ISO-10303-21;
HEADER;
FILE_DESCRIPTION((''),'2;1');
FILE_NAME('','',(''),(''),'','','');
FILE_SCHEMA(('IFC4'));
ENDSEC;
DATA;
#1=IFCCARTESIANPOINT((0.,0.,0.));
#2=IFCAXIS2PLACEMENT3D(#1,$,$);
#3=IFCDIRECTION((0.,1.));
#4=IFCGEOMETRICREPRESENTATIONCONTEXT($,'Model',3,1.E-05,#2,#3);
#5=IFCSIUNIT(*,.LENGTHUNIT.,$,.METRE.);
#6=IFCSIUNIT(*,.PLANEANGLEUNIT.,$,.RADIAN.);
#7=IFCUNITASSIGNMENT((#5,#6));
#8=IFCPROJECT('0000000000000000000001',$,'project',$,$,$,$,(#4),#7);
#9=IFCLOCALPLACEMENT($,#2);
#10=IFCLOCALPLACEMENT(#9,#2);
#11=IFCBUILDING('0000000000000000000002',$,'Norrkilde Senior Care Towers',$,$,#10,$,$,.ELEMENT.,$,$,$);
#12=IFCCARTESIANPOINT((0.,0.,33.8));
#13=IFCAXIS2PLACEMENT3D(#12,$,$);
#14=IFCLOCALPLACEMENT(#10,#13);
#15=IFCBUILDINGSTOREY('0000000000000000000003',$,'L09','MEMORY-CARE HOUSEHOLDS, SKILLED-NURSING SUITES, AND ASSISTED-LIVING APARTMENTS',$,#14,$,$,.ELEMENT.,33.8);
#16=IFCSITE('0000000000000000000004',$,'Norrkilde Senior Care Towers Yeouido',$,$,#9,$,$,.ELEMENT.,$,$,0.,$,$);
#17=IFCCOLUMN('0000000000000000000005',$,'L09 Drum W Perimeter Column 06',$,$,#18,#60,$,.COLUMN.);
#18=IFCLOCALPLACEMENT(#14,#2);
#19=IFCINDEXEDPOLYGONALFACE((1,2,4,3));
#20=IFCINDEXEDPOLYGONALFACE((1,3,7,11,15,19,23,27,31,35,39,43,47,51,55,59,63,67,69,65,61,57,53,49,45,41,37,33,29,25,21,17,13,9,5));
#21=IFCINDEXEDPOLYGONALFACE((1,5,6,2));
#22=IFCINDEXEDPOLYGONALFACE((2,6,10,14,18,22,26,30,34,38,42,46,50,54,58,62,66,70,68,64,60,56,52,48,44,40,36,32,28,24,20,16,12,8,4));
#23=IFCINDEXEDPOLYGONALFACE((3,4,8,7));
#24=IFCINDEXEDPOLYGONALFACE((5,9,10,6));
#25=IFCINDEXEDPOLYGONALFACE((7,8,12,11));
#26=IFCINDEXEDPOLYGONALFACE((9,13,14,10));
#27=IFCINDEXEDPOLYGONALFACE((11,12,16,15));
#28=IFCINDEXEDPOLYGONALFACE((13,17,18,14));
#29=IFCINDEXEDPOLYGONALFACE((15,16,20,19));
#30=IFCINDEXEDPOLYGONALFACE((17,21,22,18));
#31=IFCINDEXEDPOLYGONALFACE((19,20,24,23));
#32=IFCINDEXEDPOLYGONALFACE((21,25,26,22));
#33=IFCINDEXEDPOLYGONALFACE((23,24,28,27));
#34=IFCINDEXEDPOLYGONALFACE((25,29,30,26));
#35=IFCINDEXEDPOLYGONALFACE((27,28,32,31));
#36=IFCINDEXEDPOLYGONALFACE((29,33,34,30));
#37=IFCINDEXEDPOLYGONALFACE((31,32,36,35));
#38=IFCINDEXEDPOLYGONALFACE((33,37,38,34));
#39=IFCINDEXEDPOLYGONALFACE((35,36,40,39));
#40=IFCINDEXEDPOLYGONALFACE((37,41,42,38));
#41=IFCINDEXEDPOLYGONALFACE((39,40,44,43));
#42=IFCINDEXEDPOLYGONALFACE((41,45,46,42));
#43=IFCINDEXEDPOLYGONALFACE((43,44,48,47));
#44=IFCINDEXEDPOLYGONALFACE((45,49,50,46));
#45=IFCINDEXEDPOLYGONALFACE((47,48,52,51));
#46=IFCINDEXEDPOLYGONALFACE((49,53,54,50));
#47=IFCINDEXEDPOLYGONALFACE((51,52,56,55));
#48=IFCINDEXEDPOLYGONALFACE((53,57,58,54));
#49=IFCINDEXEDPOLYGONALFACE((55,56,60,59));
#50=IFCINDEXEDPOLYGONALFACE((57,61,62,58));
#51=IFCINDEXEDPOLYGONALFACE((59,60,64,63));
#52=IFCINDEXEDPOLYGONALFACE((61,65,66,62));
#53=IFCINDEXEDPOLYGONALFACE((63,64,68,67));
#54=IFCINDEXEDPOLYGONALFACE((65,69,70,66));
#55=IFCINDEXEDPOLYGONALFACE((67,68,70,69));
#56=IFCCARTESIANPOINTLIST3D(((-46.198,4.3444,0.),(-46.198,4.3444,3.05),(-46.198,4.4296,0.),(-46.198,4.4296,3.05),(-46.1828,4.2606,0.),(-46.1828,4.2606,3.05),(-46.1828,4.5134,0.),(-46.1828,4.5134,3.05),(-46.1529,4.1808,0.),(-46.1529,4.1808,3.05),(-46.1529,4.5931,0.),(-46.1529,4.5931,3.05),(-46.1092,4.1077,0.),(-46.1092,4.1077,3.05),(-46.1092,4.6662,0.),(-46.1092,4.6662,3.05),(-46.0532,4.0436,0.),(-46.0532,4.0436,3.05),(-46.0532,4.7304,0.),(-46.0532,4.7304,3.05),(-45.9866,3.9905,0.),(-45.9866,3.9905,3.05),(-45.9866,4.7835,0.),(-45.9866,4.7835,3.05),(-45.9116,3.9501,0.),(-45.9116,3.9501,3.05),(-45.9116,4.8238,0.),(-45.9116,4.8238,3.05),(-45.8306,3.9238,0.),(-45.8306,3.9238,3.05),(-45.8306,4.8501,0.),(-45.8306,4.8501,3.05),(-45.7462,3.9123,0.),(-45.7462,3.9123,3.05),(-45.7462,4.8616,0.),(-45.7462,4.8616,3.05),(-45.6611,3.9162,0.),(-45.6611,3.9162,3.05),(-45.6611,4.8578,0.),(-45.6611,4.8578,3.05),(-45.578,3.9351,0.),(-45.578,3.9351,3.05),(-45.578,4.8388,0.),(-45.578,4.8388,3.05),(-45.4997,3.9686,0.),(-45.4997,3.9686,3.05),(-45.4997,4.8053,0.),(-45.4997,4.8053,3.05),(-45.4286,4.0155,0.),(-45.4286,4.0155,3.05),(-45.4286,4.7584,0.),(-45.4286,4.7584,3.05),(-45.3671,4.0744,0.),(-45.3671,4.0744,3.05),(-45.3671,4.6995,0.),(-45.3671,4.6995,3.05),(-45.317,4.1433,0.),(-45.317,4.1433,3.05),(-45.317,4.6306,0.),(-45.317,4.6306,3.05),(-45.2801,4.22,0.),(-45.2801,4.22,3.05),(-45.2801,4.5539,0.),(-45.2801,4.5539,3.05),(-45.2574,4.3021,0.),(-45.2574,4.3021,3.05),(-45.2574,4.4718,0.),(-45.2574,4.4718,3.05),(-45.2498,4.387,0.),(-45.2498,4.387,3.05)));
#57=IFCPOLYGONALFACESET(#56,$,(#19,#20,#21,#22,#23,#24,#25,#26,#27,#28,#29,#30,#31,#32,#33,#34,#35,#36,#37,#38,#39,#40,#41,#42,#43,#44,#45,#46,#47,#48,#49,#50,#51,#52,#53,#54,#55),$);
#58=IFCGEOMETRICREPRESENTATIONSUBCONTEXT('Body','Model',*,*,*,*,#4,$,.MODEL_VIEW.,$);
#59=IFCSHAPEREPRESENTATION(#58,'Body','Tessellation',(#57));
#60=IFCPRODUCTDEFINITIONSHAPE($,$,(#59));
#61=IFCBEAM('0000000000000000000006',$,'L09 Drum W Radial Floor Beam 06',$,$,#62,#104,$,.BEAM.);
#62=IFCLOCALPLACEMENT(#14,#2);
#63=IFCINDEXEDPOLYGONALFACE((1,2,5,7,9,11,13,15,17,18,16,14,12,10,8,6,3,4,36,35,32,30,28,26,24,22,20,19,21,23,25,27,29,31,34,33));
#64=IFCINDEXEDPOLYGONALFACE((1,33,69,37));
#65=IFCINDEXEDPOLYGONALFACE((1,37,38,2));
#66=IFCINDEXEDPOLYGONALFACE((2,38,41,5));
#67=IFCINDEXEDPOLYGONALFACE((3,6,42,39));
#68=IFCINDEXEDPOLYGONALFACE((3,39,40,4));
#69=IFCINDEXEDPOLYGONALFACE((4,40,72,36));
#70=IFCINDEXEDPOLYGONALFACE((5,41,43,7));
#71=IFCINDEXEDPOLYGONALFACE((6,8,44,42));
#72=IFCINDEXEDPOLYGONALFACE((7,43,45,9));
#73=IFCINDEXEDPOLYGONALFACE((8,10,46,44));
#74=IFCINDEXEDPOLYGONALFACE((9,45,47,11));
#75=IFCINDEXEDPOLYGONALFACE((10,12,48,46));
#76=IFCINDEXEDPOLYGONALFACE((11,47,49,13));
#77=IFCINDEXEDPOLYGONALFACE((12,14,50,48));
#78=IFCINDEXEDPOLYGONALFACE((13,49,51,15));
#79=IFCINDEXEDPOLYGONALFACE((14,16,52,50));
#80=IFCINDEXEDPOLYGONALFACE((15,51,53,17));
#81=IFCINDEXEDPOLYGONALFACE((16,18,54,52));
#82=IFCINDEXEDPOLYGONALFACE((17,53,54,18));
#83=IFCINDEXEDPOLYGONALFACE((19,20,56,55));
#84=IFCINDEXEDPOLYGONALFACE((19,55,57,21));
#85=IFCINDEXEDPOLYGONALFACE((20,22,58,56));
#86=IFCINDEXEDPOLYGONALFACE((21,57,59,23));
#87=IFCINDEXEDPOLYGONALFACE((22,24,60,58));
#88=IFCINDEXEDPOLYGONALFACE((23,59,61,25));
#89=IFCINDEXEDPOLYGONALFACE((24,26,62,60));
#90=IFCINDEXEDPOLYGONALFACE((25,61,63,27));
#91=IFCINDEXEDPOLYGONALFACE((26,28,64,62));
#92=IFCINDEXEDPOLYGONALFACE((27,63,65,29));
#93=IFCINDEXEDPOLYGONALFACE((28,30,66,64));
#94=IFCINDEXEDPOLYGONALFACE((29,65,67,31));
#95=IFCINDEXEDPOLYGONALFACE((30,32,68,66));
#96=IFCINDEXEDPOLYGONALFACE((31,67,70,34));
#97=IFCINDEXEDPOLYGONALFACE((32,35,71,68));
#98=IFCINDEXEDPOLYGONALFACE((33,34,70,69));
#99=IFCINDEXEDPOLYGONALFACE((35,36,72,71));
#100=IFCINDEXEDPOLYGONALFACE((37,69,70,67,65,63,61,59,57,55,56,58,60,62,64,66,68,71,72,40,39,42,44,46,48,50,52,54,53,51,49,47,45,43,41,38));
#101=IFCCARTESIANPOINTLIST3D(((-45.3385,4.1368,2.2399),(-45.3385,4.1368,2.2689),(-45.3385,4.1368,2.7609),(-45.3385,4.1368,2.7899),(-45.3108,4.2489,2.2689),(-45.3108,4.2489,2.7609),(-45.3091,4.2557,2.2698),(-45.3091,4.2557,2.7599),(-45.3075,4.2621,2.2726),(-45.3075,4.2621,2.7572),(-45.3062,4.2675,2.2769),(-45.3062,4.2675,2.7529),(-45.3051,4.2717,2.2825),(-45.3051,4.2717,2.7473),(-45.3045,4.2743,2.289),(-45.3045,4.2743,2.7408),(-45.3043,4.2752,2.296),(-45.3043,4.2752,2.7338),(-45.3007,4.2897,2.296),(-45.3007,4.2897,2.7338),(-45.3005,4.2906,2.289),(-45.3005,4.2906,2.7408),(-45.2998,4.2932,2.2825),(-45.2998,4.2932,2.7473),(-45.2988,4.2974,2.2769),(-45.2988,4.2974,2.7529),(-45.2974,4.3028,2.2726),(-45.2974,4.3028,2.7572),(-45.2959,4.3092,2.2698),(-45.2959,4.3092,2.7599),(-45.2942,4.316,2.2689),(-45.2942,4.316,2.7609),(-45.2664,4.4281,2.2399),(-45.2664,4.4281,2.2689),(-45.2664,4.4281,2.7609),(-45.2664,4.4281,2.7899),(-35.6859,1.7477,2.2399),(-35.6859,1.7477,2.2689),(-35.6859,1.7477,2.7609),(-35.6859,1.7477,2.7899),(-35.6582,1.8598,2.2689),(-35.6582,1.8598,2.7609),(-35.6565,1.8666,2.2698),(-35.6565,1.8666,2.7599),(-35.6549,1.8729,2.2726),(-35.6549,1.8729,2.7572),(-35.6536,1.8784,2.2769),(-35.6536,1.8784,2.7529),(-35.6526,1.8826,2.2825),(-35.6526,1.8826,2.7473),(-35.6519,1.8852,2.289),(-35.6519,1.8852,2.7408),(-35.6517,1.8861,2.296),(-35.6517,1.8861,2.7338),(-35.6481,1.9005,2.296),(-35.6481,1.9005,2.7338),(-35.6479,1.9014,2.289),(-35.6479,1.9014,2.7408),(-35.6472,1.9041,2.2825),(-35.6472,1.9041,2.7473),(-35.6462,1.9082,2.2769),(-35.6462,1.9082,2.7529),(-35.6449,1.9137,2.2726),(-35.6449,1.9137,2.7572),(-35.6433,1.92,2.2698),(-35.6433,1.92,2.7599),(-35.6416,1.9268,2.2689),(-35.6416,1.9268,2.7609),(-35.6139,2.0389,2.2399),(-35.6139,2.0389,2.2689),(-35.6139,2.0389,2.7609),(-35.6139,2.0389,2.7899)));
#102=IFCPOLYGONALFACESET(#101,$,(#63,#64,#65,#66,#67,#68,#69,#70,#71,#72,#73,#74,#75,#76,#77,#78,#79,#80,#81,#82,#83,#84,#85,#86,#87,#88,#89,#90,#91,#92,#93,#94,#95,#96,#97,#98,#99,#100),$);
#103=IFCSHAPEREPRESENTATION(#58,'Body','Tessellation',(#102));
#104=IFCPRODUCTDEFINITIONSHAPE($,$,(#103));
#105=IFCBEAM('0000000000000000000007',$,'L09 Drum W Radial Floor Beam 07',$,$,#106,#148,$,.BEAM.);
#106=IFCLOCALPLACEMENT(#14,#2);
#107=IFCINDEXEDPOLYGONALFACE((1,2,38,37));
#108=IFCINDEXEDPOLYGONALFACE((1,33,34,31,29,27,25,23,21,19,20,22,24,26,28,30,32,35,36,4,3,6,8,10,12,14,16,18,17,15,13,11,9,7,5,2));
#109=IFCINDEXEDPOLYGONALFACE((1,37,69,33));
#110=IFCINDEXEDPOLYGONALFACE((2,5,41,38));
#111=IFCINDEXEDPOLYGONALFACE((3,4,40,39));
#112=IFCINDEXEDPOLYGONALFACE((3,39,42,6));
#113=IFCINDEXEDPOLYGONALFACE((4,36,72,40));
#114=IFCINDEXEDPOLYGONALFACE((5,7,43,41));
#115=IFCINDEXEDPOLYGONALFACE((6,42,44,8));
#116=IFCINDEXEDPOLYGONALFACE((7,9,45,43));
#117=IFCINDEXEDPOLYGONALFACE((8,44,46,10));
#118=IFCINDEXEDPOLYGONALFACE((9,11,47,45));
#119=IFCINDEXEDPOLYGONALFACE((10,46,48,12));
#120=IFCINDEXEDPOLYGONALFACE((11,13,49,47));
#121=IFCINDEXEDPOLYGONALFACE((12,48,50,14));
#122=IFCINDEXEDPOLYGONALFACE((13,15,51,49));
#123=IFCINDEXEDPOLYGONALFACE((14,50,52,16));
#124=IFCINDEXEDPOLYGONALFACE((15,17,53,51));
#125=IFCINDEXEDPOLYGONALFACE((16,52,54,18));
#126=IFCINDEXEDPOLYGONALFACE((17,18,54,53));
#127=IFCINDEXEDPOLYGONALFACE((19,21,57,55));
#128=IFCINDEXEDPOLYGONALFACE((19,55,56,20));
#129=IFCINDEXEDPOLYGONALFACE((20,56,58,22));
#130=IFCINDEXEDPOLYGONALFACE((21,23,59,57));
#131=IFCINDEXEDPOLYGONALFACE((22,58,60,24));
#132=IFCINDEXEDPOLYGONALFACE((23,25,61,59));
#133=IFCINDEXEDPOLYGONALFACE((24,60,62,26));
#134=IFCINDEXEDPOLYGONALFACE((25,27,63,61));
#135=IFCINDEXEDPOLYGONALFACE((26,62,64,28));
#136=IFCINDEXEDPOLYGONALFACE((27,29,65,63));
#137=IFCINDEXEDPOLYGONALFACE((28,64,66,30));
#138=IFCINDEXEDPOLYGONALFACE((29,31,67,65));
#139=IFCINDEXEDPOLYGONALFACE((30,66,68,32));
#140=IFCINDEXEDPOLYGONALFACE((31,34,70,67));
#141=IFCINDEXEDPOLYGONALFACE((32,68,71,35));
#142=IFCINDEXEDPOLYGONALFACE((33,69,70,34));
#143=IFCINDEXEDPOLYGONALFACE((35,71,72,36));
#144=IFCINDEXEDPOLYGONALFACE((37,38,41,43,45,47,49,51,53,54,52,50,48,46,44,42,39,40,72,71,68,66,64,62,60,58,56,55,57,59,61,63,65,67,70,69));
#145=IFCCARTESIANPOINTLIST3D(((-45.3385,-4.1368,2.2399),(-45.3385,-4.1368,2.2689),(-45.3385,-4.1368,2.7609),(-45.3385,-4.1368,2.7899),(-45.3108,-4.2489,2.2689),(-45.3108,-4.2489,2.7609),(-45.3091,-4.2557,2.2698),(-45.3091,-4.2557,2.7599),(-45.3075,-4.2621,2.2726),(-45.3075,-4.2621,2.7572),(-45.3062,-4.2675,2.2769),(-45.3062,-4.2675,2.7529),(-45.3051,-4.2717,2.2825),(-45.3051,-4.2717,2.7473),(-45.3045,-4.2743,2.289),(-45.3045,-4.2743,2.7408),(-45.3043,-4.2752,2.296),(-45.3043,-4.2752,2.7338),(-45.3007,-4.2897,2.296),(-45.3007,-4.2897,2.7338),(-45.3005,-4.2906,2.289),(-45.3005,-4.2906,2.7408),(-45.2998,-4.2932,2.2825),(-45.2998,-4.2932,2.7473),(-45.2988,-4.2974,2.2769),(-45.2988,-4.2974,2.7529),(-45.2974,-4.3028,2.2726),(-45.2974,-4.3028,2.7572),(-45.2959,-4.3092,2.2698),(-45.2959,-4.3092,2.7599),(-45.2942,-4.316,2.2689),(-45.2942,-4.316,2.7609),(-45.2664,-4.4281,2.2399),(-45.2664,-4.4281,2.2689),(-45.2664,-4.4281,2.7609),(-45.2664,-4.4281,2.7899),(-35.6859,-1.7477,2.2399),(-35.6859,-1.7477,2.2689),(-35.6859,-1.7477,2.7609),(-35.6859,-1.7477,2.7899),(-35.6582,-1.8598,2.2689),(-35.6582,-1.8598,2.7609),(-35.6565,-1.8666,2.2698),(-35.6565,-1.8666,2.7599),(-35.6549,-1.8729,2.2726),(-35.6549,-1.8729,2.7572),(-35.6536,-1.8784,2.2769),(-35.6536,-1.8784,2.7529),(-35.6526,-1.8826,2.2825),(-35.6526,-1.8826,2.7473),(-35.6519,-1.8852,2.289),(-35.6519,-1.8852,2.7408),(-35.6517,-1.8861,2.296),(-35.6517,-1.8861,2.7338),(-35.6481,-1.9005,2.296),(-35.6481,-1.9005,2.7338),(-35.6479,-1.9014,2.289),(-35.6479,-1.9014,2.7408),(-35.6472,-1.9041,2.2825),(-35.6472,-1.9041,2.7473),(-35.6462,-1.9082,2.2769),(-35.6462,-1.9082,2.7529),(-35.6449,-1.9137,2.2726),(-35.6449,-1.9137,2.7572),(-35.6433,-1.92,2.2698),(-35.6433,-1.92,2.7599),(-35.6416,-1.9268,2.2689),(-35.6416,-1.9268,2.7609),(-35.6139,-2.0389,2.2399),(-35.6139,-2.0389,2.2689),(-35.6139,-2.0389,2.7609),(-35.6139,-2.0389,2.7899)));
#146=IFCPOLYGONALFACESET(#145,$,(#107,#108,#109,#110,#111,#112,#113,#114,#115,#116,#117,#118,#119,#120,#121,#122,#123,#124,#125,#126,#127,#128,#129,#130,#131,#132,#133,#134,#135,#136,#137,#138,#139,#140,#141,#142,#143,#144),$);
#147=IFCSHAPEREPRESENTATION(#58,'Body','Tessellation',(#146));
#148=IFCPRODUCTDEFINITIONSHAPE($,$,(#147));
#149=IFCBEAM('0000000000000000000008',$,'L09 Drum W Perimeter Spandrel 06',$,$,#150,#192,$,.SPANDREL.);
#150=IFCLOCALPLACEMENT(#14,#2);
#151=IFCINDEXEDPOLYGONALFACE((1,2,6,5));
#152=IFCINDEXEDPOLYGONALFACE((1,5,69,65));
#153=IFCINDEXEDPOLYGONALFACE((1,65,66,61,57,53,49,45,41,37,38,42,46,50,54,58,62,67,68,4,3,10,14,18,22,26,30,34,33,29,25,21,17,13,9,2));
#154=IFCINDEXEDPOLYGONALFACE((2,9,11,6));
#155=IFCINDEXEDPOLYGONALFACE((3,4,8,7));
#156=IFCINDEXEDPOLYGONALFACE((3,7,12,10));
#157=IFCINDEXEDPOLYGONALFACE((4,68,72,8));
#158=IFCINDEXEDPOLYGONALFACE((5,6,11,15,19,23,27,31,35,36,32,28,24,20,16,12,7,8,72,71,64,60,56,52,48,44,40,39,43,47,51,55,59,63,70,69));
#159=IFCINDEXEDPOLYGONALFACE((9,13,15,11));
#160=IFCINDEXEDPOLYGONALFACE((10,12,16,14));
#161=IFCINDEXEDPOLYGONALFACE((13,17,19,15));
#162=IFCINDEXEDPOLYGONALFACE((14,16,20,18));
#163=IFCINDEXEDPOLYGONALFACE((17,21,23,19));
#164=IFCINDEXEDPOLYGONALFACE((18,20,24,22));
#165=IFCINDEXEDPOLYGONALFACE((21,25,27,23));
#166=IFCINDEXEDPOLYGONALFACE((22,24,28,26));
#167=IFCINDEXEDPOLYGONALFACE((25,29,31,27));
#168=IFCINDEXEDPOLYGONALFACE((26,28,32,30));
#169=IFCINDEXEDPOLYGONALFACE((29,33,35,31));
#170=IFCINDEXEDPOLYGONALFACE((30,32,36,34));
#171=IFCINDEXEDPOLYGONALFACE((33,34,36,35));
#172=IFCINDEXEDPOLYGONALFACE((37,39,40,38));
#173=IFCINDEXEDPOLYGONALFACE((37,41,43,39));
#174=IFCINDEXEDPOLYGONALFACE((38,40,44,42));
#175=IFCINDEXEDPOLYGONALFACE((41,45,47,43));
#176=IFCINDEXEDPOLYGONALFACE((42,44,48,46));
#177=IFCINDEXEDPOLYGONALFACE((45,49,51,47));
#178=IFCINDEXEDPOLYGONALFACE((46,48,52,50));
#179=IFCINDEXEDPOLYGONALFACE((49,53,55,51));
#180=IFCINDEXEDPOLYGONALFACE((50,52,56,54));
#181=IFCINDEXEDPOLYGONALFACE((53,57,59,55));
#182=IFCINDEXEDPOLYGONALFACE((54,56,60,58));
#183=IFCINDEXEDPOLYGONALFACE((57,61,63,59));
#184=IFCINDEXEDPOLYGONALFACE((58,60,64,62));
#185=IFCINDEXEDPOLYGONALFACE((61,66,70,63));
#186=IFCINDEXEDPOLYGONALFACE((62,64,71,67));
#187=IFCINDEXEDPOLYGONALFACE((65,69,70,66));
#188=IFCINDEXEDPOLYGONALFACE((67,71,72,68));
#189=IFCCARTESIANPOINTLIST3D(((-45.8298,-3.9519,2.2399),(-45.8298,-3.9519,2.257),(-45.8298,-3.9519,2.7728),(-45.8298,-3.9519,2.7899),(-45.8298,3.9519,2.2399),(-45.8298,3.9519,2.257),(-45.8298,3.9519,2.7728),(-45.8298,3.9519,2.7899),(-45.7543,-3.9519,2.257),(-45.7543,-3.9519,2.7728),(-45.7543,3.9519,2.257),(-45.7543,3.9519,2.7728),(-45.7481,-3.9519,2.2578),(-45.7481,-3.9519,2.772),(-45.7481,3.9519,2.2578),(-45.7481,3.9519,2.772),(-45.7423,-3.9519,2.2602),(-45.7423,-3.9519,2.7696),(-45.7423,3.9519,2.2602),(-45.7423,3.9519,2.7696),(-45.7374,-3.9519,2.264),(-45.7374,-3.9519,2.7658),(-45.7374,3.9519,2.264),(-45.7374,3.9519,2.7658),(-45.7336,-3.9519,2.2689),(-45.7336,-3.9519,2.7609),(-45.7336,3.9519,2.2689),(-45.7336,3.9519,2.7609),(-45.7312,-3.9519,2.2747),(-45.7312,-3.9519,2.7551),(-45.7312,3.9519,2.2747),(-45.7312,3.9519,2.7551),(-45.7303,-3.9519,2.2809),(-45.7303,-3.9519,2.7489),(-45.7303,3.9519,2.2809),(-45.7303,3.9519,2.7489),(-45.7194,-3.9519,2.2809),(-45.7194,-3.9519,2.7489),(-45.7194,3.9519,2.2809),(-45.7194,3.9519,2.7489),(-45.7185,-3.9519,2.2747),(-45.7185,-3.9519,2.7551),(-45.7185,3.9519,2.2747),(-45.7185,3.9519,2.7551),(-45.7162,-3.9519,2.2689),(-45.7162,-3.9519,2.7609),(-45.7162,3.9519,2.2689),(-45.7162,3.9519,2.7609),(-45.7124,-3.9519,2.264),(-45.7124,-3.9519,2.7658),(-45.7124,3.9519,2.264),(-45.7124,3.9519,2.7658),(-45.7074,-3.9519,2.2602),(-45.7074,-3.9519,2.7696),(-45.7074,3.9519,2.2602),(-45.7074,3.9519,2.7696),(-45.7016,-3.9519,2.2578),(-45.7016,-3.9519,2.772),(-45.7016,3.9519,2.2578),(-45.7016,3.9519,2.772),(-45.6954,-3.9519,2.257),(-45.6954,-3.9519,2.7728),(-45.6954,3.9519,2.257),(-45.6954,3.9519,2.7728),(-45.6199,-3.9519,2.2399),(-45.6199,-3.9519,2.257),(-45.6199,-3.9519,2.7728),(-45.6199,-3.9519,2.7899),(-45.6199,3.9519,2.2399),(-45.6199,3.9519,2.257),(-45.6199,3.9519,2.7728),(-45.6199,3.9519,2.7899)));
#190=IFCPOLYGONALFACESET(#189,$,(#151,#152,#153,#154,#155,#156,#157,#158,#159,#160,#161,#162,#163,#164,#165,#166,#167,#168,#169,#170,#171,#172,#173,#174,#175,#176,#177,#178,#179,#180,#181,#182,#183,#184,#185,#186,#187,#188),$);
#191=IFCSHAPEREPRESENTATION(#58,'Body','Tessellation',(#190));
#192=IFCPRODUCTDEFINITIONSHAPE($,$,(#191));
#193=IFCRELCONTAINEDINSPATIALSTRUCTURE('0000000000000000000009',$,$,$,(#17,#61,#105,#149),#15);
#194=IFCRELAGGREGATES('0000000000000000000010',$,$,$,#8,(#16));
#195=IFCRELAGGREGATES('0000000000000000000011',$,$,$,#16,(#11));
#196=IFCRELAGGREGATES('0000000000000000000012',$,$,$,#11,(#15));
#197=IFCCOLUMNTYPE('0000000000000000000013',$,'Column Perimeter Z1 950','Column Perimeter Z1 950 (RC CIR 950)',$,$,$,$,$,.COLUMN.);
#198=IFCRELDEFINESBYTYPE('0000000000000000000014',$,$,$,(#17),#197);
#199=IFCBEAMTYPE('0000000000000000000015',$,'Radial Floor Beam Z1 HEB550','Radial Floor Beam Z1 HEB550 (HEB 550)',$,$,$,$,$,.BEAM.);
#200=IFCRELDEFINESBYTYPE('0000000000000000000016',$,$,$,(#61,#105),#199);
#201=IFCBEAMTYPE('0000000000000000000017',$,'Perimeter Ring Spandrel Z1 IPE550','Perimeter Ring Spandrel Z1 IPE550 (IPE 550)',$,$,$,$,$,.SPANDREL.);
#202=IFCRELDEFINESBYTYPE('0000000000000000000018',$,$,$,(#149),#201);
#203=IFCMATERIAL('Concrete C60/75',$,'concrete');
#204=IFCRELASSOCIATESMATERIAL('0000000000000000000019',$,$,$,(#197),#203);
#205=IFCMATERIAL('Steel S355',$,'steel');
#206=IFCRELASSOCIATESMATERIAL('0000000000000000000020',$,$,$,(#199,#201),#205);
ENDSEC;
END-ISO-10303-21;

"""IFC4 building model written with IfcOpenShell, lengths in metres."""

from ifc_helpers import new_model, si_unit, direction, frame, origin, origin_2d, place, context, subcontext, project, spatial, circle, i_section, extrude, source, transform, mapped, material, material_profile, profile_set, type_object, type_shapes, element, save


model = new_model("IFC4")

# Units and contexts
model_context = context("Model", 3, precision=1e-05, world=origin(), true_north=direction((0.0, 1.0)))
body_context = subcontext(model_context, "Body", "Model", "MODEL_VIEW")
ifc_project = project(units=[si_unit("LENGTHUNIT", "METRE"), si_unit("PLANEANGLEUNIT", "RADIAN")], contexts=[model_context])

# Site, building, storey
site_placement = place(None, origin())
site = spatial("IfcSite", under=ifc_project, at=site_placement, Name="Norrkilde Senior Care Towers Yeouido", CompositionType="ELEMENT", RefElevation=0.0)
building_placement = place(site_placement, origin())
building = spatial("IfcBuilding", under=site, at=building_placement, Name="Norrkilde Senior Care Towers", CompositionType="ELEMENT")
storey_placement = place(building_placement, frame((0.0, 0.0, 33.8)))
storey = spatial("IfcBuildingStorey", under=building, at=storey_placement, Name="L09", Description="MEMORY-CARE HOUSEHOLDS, SKILLED-NURSING SUITES, AND ASSISTED-LIVING APARTMENTS", CompositionType="ELEMENT", Elevation=33.8)

# Column
ifc_material_1 = material(Name="Concrete C60/75", Category="concrete")
ifc_material_profile_1 = material_profile(ifc_material_1, circle(Radius=0.4751, at=origin_2d()), Name="RC CIR 950")
ifc_profile_set_1 = profile_set([ifc_material_profile_1], Name="Concrete C60/75")
column_type = type_object("IfcColumnType", Name="Column Perimeter Z1 950", Description="Column Perimeter Z1 950 (RC CIR 950)", PredefinedType="COLUMN", material=ifc_profile_set_1)
shared_shape_1 = source(origin(), body_context, "Body", "SweptSolid", [
    extrude(circle(Radius=0.4751, at=origin_2d()), origin(), (0.0, 0.0, 1.0), 3.05),
])
type_shapes(column_type, [shared_shape_1])
column_placement = place(storey_placement, frame((-45.7249, 4.387, 0.0), z_axis=(0.0, 0.0, 1.0), x_axis=(1.0, 0.0, 0.0)))
element("IfcColumn", 1, at=column_placement, inside=storey, type_object=column_type, Name="L09 Drum W Perimeter Column 06", PredefinedType="COLUMN", context=body_context, shape_type="MappedRepresentation", body=[
    mapped(shared_shape_1, transform((0.0, 0.0, 0.0), x_axis=(1.0, 0.0, 0.0), y_axis=(0.0, 1.0, 0.0), z_axis=(0.0, 0.0, 1.0), scale=1.0)),
])

# Beams
ifc_material_2 = material(Name="Steel S355", Category="steel")
ifc_material_profile_2 = material_profile(ifc_material_2, i_section(OverallWidth=0.3, OverallDepth=0.55, WebThickness=0.0149, FlangeThickness=0.0291, FilletRadius=0.0271, at=origin_2d()), Name="HEB 550")
ifc_profile_set_2 = profile_set([ifc_material_profile_2], Name="Steel S355")
beam_type_1 = type_object("IfcBeamType", Name="Radial Floor Beam Z1 HEB550", Description="Radial Floor Beam Z1 HEB550 (HEB 550)", PredefinedType="BEAM", material=ifc_profile_set_2)
shared_shape_2 = source(origin(), body_context, "Body", "SweptSolid", [
    extrude(i_section(OverallWidth=0.3, OverallDepth=0.55, WebThickness=0.0149, FlangeThickness=0.0291, FilletRadius=0.0271, at=origin_2d()), origin(), (0.0, 0.0, 1.0), 9.9438),
])
type_shapes(beam_type_1, [shared_shape_2])
for number, where, z_axis, x_axis, name in (
    (2, (-35.6499, 1.8933, 2.5149), (-0.970707, 0.240265, 0.0), (-0.240265, -0.970707, 0.0), "L09 Drum W Radial Floor Beam 06"),
    (3, (-35.6499, -1.8933, 2.5149), (-0.970707, -0.240265, 0.0), (0.240265, -0.970707, 0.0), "L09 Drum W Radial Floor Beam 07"),
):
    element("IfcBeam", number, at=place(storey_placement, frame(where, z_axis=z_axis, x_axis=x_axis)), inside=storey, type_object=beam_type_1, Name=name, PredefinedType="BEAM", context=body_context, shape_type="MappedRepresentation", body=[
        mapped(shared_shape_2, transform((0.0, 0.0, 0.0), x_axis=(1.0, 0.0, 0.0), y_axis=(0.0, 1.0, 0.0), z_axis=(0.0, 0.0, 1.0), scale=1.0)),
    ])
ifc_material_profile_3 = material_profile(ifc_material_2, i_section(OverallWidth=0.21, OverallDepth=0.55, WebThickness=0.011, FlangeThickness=0.0171, FilletRadius=0.0239, at=origin_2d()), Name="IPE 550")
ifc_profile_set_3 = profile_set([ifc_material_profile_3], Name="Steel S355")
beam_type_2 = type_object("IfcBeamType", Name="Perimeter Ring Spandrel Z1 IPE550", Description="Perimeter Ring Spandrel Z1 IPE550 (IPE 550)", PredefinedType="SPANDREL", material=ifc_profile_set_3)
shared_shape_3 = source(origin(), body_context, "Body", "SweptSolid", [
    extrude(i_section(OverallWidth=0.21, OverallDepth=0.55, WebThickness=0.011, FlangeThickness=0.0171, FilletRadius=0.0239, at=origin_2d()), origin(), (0.0, 0.0, 1.0), 7.9038),
])
type_shapes(beam_type_2, [shared_shape_3])
beam_placement = place(storey_placement, frame((-45.7249, 3.9519, 2.5149), z_axis=(0.0, -1.0, 0.0), x_axis=(1.0, 0.0, 0.0)))
element("IfcBeam", 4, at=beam_placement, inside=storey, type_object=beam_type_2, Name="L09 Drum W Perimeter Spandrel 06", PredefinedType="SPANDREL", context=body_context, shape_type="MappedRepresentation", body=[
    mapped(shared_shape_3, transform((0.0, 0.0, 0.0), x_axis=(1.0, 0.0, 0.0), y_axis=(0.0, 1.0, 0.0), z_axis=(0.0, 0.0, 1.0), scale=1.0)),
])

save(model, "model.ifc")
